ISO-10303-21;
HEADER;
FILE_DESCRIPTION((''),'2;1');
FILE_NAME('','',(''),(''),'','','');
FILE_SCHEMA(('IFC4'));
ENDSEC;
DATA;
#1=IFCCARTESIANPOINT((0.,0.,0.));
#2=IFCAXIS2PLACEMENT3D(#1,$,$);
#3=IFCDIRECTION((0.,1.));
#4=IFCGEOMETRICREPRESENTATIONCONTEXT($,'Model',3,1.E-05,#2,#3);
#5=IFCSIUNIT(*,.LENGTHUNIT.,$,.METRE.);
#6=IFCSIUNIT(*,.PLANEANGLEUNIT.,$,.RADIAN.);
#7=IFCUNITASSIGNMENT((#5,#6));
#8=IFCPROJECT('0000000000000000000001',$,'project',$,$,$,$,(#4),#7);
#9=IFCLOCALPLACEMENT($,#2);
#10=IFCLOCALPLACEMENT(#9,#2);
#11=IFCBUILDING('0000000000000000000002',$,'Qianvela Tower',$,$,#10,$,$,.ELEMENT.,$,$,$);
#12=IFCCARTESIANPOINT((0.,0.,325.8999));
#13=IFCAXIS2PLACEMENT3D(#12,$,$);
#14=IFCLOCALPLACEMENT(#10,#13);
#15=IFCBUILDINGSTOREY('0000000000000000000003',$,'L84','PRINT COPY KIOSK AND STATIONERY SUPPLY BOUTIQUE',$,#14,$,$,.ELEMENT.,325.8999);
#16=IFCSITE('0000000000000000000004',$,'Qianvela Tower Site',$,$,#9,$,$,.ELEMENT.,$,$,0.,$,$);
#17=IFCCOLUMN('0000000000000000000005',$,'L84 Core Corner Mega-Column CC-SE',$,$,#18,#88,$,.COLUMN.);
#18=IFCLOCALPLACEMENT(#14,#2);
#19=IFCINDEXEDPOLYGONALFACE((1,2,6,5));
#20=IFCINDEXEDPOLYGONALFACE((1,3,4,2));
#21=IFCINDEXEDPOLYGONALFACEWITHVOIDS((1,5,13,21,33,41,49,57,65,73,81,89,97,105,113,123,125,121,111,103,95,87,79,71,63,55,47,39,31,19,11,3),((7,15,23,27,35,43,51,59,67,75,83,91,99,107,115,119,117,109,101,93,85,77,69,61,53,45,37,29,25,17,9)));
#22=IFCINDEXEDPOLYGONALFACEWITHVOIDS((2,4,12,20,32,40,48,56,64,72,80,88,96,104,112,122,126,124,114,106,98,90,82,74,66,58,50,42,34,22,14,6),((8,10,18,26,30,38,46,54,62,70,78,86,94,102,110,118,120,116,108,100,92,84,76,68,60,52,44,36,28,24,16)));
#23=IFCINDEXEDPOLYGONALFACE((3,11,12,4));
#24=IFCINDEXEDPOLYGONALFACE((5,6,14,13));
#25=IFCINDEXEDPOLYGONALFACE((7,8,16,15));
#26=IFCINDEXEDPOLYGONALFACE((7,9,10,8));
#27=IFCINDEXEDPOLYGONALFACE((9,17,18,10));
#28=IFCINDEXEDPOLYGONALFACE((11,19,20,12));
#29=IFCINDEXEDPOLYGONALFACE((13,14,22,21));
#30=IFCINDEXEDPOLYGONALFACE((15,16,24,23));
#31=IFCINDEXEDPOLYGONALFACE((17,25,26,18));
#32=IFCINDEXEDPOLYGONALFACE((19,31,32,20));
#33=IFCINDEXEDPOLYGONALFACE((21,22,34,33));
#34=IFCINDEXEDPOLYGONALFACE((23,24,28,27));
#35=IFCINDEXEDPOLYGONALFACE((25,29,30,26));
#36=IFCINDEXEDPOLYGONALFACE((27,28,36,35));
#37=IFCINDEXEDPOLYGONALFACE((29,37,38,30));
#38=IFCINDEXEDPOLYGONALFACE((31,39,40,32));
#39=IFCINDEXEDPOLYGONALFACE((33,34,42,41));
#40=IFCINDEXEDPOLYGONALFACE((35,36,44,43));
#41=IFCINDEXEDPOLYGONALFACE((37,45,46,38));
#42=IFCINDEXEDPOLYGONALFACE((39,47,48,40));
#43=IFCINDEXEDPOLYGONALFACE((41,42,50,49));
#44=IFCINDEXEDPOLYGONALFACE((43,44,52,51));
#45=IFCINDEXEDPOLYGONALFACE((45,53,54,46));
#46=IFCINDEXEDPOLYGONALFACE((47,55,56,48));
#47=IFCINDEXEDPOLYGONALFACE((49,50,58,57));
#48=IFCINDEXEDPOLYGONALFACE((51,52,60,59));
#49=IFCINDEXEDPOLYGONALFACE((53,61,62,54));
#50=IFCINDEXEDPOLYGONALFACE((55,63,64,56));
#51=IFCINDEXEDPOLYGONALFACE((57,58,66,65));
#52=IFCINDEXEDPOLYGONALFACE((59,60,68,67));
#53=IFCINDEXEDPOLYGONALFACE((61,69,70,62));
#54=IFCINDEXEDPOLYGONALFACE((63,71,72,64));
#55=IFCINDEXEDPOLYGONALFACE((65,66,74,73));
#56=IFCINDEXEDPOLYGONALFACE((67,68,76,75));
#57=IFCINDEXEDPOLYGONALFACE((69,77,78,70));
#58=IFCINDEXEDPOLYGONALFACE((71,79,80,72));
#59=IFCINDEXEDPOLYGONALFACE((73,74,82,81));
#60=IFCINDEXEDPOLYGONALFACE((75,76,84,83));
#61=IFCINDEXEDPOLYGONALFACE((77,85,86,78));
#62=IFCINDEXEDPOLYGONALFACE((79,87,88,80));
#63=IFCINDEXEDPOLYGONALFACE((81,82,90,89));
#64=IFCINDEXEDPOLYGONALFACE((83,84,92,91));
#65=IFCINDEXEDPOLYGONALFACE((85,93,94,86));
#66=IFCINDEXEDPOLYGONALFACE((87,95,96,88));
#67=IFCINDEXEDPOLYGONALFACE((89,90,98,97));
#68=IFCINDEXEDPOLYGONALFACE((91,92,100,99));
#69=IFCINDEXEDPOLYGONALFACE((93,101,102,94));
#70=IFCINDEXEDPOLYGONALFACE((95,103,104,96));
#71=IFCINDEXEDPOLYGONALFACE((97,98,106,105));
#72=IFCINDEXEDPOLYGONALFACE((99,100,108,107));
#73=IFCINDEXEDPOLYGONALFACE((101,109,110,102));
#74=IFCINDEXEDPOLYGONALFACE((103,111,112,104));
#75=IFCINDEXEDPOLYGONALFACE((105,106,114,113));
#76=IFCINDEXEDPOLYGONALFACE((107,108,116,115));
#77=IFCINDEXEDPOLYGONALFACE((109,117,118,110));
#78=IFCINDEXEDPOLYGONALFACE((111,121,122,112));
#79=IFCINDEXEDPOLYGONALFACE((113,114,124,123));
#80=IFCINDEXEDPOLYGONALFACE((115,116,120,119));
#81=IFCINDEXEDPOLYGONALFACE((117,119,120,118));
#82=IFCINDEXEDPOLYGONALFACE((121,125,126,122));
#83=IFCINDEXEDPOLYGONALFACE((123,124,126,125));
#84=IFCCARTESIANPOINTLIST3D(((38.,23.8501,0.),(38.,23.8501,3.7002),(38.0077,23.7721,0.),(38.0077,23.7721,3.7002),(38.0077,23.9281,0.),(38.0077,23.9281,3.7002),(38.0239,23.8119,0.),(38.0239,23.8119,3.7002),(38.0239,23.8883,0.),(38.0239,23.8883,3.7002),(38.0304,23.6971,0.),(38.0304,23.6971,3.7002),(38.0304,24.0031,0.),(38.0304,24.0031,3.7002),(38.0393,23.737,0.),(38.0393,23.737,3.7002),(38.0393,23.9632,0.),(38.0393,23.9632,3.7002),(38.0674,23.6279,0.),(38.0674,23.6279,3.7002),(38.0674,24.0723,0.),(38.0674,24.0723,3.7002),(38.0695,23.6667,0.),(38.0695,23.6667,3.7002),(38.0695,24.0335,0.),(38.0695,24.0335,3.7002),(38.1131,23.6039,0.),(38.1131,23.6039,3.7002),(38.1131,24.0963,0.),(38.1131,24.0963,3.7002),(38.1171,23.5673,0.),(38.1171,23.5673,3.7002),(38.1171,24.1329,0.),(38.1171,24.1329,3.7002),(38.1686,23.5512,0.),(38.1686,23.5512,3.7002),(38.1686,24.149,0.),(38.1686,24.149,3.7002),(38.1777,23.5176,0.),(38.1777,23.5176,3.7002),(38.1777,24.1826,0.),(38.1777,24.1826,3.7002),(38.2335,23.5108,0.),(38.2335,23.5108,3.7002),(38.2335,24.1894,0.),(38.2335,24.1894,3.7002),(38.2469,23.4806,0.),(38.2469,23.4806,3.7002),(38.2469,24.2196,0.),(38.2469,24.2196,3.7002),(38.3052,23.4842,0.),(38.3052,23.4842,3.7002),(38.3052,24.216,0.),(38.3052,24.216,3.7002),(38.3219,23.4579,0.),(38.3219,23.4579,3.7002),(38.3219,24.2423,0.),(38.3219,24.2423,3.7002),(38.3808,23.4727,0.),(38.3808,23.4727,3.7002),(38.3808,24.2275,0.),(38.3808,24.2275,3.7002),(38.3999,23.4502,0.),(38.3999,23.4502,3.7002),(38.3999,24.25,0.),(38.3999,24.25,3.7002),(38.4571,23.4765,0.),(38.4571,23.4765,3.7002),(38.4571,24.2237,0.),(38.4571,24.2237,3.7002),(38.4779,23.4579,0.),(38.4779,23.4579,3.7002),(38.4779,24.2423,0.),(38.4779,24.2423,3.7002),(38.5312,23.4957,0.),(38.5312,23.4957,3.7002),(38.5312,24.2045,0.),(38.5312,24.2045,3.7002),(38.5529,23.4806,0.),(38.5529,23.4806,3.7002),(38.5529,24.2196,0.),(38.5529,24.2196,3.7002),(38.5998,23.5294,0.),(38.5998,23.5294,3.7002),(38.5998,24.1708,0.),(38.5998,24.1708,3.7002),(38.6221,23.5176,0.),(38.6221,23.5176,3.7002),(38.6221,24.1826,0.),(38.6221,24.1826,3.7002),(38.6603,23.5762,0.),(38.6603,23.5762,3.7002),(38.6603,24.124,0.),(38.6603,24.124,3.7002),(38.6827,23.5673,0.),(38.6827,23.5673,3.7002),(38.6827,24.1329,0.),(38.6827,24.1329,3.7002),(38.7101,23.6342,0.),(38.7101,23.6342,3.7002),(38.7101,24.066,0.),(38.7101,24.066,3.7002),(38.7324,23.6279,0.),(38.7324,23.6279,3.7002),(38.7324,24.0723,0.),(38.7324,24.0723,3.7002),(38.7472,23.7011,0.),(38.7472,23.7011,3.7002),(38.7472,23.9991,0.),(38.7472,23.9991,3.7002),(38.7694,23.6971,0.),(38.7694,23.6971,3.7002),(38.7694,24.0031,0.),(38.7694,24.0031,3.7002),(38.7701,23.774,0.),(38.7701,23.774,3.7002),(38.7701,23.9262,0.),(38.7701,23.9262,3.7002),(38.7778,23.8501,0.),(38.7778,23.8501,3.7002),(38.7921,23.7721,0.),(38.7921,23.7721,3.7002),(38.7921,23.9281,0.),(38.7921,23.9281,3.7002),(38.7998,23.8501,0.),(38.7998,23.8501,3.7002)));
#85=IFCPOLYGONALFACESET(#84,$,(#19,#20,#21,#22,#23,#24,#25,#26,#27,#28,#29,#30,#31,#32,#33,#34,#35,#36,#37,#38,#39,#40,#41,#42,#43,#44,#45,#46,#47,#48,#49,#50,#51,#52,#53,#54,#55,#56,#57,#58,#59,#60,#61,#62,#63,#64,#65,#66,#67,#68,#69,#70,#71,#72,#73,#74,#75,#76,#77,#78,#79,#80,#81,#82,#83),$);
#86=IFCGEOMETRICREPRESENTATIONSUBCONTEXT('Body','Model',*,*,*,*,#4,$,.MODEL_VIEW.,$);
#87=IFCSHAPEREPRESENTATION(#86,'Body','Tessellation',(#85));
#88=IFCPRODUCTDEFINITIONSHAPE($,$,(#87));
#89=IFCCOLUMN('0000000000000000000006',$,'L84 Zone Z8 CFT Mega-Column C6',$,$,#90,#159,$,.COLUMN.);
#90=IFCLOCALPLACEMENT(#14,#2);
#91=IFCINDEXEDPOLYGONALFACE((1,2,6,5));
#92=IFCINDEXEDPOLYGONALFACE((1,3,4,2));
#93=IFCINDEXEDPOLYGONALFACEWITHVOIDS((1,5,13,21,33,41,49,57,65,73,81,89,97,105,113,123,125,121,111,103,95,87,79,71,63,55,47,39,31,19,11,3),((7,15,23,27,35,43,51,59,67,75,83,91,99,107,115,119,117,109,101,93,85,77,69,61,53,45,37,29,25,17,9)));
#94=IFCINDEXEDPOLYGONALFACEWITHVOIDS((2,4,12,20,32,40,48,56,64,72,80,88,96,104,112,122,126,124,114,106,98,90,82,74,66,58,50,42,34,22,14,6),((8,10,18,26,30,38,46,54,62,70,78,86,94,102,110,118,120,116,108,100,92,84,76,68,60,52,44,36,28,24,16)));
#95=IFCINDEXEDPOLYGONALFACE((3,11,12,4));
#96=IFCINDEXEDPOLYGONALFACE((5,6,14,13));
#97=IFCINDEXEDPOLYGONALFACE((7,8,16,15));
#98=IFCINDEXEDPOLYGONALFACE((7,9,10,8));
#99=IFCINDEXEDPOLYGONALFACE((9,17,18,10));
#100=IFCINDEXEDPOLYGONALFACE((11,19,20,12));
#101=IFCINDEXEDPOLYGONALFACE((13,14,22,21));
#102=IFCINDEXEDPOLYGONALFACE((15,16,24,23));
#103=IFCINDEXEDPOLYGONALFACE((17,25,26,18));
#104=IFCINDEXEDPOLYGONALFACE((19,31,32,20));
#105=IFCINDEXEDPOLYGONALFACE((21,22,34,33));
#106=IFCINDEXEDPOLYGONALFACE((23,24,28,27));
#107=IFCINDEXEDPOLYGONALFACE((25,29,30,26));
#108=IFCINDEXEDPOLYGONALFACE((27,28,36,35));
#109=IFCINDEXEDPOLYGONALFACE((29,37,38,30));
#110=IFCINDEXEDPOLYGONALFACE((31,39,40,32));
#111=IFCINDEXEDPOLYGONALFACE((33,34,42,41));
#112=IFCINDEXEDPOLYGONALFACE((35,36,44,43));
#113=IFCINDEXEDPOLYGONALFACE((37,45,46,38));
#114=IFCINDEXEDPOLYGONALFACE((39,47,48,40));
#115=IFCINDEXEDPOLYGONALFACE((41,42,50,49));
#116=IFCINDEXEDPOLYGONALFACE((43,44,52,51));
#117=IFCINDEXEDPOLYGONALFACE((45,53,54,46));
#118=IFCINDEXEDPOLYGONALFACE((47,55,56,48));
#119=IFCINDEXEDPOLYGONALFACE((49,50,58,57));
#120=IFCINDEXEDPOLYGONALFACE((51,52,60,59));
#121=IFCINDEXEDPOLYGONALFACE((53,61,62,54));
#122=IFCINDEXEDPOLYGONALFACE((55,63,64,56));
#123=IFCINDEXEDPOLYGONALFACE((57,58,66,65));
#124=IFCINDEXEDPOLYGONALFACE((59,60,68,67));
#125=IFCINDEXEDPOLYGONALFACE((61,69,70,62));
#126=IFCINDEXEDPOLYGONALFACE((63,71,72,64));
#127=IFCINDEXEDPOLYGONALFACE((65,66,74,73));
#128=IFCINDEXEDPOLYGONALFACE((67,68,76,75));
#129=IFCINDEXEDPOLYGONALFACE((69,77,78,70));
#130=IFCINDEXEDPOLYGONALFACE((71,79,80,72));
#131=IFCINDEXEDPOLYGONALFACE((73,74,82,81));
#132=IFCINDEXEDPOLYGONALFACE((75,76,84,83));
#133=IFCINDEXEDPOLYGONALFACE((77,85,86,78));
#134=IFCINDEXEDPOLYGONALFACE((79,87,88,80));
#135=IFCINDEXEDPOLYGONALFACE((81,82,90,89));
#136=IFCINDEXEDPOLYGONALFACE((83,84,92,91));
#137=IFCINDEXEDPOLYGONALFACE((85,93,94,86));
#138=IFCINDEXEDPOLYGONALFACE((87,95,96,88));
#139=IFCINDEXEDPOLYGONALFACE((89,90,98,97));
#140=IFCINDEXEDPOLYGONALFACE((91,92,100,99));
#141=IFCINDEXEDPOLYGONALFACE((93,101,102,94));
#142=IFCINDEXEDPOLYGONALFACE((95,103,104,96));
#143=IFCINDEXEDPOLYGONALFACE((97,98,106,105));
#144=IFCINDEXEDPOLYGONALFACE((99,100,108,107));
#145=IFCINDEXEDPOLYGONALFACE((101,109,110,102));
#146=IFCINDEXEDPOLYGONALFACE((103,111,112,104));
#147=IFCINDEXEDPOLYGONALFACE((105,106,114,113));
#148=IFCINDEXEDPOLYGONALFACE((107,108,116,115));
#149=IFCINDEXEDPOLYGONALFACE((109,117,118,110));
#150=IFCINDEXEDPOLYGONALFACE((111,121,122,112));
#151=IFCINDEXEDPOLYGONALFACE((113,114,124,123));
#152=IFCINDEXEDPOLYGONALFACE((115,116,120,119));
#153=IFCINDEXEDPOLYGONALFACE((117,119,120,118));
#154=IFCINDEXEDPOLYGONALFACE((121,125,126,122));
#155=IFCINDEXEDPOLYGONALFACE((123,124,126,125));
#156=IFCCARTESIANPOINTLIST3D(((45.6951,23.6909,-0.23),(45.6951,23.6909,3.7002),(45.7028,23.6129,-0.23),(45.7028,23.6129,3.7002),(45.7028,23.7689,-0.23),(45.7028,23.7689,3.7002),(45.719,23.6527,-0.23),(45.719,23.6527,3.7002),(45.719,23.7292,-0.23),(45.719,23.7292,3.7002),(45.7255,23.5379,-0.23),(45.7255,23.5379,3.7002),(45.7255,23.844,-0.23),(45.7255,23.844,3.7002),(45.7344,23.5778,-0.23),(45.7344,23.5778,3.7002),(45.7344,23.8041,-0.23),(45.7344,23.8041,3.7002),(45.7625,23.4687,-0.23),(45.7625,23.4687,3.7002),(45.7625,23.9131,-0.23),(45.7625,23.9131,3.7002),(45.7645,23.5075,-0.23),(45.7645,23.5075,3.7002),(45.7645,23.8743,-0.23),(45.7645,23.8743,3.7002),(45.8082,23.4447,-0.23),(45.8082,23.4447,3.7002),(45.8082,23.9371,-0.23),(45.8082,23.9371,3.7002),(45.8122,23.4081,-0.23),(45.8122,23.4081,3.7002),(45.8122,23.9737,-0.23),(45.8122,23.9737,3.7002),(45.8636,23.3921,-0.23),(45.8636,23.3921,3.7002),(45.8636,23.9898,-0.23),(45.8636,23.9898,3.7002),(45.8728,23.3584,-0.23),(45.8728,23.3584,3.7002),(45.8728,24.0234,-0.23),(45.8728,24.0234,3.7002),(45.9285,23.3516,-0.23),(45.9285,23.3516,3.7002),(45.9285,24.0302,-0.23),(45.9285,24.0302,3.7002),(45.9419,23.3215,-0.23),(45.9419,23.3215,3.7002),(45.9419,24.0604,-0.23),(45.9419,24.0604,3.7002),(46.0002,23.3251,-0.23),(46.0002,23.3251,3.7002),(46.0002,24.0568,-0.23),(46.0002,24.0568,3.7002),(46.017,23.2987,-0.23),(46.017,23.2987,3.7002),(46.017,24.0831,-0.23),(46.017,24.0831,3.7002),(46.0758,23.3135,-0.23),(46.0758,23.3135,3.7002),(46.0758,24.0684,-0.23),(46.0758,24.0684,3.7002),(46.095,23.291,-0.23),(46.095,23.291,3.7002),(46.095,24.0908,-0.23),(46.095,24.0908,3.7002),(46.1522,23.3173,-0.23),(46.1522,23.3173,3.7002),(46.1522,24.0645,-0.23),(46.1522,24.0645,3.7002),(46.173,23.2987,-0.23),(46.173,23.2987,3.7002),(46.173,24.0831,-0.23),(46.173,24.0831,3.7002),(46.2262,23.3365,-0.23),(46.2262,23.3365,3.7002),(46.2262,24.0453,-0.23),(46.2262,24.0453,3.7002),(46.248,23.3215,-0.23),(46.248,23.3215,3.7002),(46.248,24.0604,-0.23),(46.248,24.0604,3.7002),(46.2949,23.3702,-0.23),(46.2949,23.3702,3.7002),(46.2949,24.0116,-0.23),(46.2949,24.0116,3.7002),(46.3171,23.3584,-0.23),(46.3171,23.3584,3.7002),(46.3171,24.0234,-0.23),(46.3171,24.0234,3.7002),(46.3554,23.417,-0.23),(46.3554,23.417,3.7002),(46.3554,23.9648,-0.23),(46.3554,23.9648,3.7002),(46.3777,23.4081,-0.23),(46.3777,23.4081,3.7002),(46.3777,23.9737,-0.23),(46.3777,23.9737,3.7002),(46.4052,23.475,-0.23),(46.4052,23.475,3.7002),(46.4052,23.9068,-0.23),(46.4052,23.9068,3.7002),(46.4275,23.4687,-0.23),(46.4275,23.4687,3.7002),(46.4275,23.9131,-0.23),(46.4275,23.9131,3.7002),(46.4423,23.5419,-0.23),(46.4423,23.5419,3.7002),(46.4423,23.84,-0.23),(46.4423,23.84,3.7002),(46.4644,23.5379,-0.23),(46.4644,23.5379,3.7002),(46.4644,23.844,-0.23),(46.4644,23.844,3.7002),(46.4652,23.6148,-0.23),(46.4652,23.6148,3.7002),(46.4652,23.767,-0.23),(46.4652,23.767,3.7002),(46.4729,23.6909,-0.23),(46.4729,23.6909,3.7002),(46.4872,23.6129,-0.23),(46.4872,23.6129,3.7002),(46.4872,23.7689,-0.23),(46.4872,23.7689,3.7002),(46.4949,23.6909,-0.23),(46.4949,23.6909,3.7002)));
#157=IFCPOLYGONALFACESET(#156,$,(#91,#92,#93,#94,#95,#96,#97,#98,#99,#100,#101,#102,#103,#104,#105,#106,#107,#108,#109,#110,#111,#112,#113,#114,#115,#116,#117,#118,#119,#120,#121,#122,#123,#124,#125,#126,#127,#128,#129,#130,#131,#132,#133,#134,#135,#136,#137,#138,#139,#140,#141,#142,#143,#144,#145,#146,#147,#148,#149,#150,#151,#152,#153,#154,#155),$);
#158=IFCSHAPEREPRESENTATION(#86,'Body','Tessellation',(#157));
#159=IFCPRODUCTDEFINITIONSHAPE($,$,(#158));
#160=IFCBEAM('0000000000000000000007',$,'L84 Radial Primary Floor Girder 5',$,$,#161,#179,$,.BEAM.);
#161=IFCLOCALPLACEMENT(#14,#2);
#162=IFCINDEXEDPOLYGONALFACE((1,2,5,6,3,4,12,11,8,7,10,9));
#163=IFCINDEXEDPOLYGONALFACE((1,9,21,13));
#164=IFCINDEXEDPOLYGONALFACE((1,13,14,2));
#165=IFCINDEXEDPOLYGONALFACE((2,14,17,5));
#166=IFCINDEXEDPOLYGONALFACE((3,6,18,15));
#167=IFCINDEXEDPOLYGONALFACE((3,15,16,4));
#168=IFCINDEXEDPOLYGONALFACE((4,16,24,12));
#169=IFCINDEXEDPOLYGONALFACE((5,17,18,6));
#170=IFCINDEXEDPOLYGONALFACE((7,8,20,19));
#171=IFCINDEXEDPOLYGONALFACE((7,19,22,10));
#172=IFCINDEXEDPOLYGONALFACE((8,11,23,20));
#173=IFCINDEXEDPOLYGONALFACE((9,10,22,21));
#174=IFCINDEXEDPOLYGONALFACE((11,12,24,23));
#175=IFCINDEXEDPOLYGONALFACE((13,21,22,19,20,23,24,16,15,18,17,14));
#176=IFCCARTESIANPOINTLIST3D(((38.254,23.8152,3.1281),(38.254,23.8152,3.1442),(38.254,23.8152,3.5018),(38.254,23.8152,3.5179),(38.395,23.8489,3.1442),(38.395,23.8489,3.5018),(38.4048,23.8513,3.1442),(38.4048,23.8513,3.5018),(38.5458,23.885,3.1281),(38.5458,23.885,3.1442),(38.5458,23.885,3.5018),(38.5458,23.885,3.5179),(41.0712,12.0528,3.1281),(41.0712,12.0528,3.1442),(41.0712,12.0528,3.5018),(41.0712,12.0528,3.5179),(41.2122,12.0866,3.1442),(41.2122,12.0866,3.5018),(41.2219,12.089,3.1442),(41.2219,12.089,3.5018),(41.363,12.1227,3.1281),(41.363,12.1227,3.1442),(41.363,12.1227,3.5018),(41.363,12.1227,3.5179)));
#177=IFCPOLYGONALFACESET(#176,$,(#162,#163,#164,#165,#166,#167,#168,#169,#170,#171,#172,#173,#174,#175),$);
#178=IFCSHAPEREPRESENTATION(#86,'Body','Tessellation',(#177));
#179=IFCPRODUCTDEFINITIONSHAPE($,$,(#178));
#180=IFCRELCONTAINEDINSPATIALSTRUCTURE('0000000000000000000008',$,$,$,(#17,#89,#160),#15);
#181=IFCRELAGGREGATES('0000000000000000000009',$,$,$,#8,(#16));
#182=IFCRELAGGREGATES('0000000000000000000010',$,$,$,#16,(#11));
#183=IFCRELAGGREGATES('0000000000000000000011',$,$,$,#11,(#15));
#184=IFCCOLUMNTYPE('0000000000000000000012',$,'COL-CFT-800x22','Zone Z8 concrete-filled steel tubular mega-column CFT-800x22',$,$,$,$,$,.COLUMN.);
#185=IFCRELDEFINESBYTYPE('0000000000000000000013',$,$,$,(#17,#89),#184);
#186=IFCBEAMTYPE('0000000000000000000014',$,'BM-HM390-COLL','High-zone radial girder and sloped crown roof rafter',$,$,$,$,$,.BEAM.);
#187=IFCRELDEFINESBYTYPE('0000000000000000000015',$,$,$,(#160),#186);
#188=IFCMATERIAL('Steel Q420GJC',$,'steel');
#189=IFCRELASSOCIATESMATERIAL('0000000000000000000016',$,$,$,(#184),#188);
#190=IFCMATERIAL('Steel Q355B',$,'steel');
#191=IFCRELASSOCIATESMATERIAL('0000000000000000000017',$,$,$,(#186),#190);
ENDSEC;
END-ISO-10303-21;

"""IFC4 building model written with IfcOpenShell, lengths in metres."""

from ifc_helpers import new_model, si_unit, direction, frame, origin, origin_2d, place, context, subcontext, project, spatial, hollow_circle, i_section, extrude, material, material_profile, profile_set, type_object, element, save


model = new_model("IFC4")

# Units and contexts
model_context = context("Model", 3, precision=1e-05, world=origin(), true_north=direction((0.0, 1.0)))
body_context = subcontext(model_context, "Body", "Model", "MODEL_VIEW")
ifc_project = project(units=[si_unit("LENGTHUNIT", "METRE"), si_unit("PLANEANGLEUNIT", "RADIAN")], contexts=[model_context])

# Site, building, storey
site_placement = place(None, origin())
site = spatial("IfcSite", under=ifc_project, at=site_placement, Name="Qianvela Tower Site", CompositionType="ELEMENT", RefElevation=0.0)
building_placement = place(site_placement, origin())
building = spatial("IfcBuilding", under=site, at=building_placement, Name="Qianvela Tower", CompositionType="ELEMENT")
storey_placement = place(building_placement, frame((0.0, 0.0, 325.8999)))
storey = spatial("IfcBuildingStorey", under=building, at=storey_placement, Name="L84", Description="PRINT COPY KIOSK AND STATIONERY SUPPLY BOUTIQUE", CompositionType="ELEMENT", Elevation=325.8999)

# Columns
ifc_material_1 = material(Name="Steel Q420GJC", Category="steel")
ifc_material_profile_1 = material_profile(ifc_material_1, hollow_circle(Radius=0.3999, WallThickness=0.022, at=origin_2d()), Name="CFT-800x22")
ifc_profile_set_1 = profile_set([ifc_material_profile_1], Name="Steel Q420GJC")
column_type = type_object("IfcColumnType", Name="COL-CFT-800x22", Description="Zone Z8 concrete-filled steel tubular mega-column CFT-800x22", PredefinedType="COLUMN", material=ifc_profile_set_1)
column_1_placement = place(storey_placement, frame((38.3999, 23.8501, 0.0), z_axis=(0.0, 0.0, 1.0), x_axis=(1.0, 0.0, 0.0)))
element("IfcColumn", 1, at=column_1_placement, inside=storey, type_object=column_type, Name="L84 Core Corner Mega-Column CC-SE", PredefinedType="COLUMN", context=body_context, shape_type="SweptSolid", body=[
    extrude(hollow_circle(Radius=0.3999, WallThickness=0.022, at=origin_2d()), origin(), (0.0, 0.0, 1.0), 3.7002),
])
column_2_placement = place(storey_placement, frame((46.095, 23.6909, -0.23), z_axis=(0.0, 0.0, 1.0), x_axis=(1.0, 0.0, 0.0)))
element("IfcColumn", 2, at=column_2_placement, inside=storey, type_object=column_type, Name="L84 Zone Z8 CFT Mega-Column C6", PredefinedType="COLUMN", context=body_context, shape_type="SweptSolid", body=[
    extrude(hollow_circle(Radius=0.3999, WallThickness=0.022, at=origin_2d()), origin(), (0.0, 0.0, 1.0), 3.9302),
])

# Beam
ifc_material_2 = material(Name="Steel Q355B", Category="steel")
ifc_material_profile_2 = material_profile(ifc_material_2, i_section(OverallWidth=0.3, OverallDepth=0.3899, WebThickness=0.01, FlangeThickness=0.0161, at=origin_2d()), Name="HM390x300x10x16")
ifc_profile_set_2 = profile_set([ifc_material_profile_2], Name="Steel Q355B")
beam_type_1 = type_object("IfcBeamType", Name="BM-HM390-COLL", Description="High-zone radial girder and sloped crown roof rafter", PredefinedType="BEAM", material=ifc_profile_set_2)
beam_1_placement = place(storey_placement, frame((38.3999, 23.8501, 3.323), z_axis=(0.23292, -0.972496, 0.0), x_axis=(0.972496, 0.23292, 0.0)))
element("IfcBeam", 3, at=beam_1_placement, inside=storey, type_object=beam_type_1, Name="L84 Radial Primary Floor Girder 5", PredefinedType="BEAM", context=body_context, shape_type="SweptSolid", body=[
    extrude(i_section(OverallWidth=0.3, OverallDepth=0.3899, WebThickness=0.01, FlangeThickness=0.0161, at=origin_2d()), origin(), (0.0, 0.0, 1.0), 12.095),
])

save(model, "model.ifc")
